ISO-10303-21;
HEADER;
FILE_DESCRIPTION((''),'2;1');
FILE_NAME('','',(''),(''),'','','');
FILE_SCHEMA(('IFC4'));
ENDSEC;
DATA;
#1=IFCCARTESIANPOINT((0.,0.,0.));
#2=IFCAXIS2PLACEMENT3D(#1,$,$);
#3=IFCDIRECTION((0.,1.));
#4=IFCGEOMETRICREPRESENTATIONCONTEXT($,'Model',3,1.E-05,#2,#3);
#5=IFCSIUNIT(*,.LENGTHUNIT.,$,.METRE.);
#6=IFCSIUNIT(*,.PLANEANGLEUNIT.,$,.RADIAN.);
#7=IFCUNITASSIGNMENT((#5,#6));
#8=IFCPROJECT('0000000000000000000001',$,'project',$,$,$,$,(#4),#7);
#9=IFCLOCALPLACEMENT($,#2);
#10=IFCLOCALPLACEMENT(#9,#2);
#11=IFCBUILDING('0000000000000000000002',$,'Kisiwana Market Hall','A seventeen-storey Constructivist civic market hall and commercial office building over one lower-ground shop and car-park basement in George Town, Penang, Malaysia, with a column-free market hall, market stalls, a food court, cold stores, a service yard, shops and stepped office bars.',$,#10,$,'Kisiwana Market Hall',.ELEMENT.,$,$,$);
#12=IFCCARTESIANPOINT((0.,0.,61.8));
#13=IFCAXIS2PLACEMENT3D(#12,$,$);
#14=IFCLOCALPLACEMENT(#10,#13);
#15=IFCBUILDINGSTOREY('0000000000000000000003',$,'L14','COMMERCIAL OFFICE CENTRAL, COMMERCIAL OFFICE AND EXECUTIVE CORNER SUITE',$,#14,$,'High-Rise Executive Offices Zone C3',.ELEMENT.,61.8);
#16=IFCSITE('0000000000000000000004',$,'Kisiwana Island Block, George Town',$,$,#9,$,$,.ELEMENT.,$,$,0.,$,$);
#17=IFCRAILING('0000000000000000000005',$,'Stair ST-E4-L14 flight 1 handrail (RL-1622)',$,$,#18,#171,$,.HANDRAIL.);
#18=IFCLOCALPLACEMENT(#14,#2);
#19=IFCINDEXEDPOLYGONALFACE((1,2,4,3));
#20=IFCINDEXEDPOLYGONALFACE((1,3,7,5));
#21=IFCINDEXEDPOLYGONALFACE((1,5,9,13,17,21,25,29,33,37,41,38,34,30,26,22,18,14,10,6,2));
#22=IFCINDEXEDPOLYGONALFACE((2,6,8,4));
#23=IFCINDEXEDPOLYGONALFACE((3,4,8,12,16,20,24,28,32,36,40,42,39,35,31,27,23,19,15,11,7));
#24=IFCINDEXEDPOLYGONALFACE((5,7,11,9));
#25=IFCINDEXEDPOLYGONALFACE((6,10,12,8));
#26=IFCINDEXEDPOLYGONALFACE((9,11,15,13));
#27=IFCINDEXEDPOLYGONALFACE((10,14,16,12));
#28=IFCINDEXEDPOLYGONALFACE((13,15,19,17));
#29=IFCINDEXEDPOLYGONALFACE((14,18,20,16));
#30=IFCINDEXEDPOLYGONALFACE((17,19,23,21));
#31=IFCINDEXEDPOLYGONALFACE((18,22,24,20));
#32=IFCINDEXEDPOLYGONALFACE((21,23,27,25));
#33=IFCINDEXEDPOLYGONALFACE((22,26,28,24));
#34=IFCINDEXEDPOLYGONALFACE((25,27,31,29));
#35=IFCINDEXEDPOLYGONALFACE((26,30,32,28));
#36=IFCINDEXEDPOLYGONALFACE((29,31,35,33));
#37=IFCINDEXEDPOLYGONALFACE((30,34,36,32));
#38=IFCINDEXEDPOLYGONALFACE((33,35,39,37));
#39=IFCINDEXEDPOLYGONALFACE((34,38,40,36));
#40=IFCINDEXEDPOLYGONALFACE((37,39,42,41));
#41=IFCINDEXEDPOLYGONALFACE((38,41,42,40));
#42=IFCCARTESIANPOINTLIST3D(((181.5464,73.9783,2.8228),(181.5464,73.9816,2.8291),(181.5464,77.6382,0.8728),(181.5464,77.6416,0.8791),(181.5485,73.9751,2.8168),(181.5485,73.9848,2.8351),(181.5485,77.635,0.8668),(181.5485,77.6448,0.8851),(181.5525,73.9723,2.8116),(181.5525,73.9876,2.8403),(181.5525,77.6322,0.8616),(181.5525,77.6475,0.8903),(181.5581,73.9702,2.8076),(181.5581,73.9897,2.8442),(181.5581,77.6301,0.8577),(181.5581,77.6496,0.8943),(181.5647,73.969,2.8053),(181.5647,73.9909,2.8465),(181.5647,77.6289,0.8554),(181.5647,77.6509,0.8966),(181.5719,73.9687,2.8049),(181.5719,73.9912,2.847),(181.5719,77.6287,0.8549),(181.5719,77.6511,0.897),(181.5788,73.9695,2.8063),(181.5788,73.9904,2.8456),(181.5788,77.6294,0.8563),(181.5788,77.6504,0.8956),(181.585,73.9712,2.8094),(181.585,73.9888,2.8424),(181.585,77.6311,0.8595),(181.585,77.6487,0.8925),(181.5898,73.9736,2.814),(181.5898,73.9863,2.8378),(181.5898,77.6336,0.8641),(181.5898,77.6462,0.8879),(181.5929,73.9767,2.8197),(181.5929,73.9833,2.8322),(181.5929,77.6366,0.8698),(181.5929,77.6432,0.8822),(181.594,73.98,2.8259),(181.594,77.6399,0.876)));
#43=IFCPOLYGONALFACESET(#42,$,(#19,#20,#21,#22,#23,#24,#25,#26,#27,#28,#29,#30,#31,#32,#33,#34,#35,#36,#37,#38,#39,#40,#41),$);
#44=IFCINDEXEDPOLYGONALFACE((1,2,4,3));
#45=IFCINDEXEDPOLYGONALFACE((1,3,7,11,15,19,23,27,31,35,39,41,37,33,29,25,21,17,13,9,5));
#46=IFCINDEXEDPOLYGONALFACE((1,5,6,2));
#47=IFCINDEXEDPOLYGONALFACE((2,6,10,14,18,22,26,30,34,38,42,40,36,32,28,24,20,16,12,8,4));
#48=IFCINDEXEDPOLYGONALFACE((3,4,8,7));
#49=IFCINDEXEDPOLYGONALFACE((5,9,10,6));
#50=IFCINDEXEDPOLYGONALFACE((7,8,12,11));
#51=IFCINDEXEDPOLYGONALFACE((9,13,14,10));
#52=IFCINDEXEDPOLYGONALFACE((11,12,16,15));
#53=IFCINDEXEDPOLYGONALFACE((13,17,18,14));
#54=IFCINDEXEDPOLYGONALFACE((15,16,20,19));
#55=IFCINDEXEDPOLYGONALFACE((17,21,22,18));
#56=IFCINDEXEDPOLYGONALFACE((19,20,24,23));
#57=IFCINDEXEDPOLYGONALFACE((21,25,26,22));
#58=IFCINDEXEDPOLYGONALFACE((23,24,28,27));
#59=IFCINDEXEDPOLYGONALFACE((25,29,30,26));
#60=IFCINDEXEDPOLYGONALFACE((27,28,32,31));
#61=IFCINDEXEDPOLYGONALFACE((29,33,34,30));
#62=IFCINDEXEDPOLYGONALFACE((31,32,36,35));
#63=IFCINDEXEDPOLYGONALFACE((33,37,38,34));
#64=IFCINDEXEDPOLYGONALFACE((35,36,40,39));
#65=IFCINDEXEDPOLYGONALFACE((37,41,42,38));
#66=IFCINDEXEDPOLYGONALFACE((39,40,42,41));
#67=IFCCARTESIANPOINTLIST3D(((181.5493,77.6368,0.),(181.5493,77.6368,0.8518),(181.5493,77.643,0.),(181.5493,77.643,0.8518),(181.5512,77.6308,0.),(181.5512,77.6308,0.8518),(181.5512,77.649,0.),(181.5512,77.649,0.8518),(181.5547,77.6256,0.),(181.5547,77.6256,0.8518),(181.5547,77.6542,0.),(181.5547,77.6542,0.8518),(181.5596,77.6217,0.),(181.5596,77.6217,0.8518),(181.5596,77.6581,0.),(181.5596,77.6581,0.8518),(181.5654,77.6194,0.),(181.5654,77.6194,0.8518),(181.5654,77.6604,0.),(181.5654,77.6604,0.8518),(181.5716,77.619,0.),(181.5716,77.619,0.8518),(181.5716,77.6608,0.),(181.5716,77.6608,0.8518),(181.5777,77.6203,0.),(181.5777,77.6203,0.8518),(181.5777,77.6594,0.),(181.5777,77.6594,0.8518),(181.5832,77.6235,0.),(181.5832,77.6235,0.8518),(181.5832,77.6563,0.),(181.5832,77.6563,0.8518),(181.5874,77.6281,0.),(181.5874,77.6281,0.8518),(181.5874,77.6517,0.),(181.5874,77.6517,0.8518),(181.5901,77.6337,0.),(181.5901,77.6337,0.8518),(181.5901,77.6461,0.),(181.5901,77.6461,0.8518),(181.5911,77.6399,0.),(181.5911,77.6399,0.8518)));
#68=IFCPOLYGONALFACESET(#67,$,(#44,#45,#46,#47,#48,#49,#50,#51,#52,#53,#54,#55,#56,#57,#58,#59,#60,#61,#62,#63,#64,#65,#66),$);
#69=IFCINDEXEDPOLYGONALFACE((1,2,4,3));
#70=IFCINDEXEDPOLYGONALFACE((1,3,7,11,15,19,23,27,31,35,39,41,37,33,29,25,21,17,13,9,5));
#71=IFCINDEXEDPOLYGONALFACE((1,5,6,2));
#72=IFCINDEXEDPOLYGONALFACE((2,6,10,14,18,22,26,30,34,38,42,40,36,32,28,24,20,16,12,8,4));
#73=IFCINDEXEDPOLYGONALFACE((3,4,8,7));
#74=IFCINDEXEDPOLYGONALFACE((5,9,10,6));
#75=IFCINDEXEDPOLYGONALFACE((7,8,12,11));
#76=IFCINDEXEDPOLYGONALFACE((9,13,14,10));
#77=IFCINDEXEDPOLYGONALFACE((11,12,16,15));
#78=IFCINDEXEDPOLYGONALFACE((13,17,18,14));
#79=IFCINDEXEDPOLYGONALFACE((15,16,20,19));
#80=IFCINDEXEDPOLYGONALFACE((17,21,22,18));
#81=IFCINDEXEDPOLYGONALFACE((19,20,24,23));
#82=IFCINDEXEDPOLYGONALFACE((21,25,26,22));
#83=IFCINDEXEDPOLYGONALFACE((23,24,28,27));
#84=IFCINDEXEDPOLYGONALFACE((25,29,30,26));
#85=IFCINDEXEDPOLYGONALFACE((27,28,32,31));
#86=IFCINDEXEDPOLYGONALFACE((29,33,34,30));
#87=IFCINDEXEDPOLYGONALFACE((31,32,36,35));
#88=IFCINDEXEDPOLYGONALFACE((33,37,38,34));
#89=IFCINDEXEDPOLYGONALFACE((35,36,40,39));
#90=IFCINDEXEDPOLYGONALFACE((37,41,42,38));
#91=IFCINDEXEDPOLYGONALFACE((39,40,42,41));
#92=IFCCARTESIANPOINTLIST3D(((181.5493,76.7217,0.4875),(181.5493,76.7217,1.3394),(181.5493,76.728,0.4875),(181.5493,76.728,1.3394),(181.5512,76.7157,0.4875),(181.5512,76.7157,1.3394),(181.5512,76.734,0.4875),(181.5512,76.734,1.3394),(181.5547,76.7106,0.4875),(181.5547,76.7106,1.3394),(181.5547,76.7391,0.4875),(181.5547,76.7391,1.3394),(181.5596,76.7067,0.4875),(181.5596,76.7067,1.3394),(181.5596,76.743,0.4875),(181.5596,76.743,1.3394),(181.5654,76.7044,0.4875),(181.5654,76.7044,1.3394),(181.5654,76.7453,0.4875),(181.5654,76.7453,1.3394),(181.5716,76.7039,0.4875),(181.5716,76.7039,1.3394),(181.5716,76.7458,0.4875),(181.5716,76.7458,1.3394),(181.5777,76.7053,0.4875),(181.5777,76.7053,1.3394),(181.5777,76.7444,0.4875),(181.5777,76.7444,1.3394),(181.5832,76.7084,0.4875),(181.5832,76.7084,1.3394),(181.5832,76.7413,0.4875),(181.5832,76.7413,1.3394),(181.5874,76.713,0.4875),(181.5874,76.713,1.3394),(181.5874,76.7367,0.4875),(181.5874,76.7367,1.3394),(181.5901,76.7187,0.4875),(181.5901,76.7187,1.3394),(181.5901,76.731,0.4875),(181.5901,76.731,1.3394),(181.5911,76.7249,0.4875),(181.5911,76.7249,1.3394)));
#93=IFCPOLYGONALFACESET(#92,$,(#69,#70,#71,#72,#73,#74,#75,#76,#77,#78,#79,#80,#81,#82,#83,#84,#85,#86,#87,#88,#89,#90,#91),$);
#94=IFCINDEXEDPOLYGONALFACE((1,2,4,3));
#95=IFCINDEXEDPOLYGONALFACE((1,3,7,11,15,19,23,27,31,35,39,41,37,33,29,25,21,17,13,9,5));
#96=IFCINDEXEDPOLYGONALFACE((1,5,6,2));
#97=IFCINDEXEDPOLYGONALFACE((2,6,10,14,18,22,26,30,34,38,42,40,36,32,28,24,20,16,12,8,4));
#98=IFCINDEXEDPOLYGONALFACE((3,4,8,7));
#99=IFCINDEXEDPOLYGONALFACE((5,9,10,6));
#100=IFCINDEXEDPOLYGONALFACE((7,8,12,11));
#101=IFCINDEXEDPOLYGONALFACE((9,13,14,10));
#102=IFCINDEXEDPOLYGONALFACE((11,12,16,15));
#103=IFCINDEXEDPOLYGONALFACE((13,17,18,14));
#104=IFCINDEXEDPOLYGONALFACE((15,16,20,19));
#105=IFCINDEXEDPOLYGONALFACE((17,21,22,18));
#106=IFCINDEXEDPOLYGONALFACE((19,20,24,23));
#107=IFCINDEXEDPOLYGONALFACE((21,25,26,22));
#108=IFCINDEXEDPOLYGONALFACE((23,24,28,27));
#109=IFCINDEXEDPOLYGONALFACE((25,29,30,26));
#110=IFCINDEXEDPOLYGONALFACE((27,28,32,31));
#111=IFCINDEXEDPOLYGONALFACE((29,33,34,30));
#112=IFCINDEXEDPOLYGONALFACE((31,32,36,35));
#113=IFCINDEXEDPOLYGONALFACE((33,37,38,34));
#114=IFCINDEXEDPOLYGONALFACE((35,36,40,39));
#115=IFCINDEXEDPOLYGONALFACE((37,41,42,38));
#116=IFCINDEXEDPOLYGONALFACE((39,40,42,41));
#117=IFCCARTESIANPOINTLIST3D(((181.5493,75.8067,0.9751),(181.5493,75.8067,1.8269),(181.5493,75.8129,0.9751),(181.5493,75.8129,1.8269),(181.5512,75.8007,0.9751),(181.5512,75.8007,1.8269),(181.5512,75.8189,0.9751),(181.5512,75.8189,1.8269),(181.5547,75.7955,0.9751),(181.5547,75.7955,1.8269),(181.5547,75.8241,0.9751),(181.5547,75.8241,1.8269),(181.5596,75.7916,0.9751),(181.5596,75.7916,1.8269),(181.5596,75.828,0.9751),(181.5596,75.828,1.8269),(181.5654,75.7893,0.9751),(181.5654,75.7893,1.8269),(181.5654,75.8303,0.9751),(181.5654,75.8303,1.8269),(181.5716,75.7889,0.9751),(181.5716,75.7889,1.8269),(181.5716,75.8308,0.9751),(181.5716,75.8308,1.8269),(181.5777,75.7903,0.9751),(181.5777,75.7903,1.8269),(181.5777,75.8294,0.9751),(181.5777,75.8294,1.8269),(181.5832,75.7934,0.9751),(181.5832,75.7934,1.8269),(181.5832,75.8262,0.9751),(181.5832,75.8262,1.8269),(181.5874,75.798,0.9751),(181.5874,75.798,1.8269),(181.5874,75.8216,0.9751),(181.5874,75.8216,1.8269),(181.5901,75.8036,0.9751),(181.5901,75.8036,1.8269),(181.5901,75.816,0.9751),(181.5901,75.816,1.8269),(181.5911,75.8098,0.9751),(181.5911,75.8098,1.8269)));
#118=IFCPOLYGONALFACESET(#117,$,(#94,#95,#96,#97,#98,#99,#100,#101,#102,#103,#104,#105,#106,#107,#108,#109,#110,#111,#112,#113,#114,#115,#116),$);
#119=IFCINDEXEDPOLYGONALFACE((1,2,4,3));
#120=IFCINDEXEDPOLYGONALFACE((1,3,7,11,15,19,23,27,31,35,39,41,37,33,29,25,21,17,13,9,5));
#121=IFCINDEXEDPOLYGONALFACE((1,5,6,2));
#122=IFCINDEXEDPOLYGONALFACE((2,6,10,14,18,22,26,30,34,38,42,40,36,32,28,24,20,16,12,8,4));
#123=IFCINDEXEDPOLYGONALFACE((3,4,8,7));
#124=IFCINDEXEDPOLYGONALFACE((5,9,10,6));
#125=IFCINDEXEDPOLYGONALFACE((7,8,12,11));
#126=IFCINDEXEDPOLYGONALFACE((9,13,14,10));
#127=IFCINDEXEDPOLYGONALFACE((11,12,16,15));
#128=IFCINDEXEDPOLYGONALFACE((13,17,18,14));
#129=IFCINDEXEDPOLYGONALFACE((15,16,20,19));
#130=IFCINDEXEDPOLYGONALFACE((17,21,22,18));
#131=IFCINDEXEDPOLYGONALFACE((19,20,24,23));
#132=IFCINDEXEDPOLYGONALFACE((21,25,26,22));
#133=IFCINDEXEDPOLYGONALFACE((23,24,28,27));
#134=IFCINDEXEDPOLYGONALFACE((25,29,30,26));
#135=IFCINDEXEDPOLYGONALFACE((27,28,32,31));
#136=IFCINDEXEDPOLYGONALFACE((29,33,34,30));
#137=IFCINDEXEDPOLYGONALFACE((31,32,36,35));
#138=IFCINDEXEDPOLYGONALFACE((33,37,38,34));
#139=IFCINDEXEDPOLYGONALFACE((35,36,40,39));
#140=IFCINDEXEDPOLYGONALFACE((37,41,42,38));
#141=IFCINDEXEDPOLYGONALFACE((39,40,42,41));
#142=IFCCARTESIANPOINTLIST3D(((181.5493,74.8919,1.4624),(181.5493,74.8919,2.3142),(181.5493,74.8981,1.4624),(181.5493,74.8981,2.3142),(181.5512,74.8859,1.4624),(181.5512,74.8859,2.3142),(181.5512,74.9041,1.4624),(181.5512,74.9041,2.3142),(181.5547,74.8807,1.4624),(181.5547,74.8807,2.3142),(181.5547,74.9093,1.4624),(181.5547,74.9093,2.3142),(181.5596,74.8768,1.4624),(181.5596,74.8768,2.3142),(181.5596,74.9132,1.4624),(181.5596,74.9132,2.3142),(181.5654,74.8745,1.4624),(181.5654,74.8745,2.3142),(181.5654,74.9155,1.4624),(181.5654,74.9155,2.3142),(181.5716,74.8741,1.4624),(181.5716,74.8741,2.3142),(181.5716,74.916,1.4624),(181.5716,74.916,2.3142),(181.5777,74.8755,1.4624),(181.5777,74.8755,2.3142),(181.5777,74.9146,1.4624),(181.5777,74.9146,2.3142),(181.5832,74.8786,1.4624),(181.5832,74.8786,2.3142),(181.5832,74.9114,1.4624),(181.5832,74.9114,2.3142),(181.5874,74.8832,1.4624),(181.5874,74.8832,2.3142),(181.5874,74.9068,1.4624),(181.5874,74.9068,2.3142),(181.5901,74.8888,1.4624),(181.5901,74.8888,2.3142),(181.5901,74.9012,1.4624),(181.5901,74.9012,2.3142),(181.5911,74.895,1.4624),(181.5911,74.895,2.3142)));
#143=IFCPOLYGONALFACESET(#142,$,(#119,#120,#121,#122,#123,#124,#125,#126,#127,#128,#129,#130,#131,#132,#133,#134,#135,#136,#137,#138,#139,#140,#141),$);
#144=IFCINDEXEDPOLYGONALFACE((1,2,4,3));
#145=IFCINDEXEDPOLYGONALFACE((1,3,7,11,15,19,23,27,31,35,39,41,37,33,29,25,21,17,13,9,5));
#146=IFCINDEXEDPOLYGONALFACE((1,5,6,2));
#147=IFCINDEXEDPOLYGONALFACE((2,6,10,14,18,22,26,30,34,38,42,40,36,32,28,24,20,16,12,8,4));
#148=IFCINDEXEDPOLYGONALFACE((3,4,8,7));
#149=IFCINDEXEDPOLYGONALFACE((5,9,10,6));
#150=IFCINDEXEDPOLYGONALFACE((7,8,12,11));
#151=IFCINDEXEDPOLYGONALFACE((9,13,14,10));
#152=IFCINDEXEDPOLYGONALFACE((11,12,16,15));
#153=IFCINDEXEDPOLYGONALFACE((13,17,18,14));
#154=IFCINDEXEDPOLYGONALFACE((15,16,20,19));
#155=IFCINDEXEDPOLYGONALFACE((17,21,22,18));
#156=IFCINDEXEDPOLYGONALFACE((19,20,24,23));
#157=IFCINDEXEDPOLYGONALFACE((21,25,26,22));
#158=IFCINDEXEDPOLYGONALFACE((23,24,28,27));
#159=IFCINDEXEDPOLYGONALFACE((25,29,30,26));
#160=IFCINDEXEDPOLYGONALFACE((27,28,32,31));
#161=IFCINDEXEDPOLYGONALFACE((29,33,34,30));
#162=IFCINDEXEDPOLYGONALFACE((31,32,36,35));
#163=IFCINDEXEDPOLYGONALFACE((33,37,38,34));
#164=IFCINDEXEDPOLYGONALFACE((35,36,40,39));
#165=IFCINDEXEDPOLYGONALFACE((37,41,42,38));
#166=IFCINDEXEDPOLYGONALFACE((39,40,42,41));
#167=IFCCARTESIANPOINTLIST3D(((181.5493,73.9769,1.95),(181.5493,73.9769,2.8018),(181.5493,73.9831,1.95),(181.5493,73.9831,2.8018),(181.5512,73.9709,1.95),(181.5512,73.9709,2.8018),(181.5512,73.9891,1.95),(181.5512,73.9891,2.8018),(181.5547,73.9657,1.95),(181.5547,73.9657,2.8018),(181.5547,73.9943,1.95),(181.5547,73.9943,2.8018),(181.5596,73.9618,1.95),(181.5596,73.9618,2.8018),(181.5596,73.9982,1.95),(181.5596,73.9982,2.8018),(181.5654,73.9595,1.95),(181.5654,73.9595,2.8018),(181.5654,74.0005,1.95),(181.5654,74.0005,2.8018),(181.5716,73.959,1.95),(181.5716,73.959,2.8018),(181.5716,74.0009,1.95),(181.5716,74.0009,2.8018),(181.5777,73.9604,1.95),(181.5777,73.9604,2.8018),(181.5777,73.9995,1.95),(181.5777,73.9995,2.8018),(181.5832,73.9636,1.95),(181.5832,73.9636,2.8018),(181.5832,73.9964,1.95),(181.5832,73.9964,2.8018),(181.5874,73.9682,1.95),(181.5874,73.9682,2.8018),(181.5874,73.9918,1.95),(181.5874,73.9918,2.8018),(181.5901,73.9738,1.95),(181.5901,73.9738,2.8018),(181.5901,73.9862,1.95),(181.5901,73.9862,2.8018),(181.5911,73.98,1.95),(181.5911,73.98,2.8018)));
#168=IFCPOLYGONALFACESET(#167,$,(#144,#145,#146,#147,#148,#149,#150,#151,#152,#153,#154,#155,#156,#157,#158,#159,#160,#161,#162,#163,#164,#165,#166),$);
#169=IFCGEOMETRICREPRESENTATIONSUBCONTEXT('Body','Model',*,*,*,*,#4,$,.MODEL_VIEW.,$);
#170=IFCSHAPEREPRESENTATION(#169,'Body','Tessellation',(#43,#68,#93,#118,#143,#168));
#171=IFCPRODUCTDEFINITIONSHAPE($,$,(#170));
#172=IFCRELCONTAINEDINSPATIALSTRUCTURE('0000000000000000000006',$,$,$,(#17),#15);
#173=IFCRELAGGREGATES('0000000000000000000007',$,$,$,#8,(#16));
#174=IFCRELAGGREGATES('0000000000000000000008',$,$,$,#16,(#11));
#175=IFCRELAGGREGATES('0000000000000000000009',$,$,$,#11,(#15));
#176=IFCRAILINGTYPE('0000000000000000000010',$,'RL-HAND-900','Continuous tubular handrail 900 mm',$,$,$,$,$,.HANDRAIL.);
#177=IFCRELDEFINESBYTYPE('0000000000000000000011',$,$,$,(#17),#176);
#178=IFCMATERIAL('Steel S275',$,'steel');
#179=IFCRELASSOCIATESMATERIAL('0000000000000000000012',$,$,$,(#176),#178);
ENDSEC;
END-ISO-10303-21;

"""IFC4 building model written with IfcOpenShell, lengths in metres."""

from ifc_helpers import new_model, si_unit, direction, frame, origin, origin_2d, place, context, subcontext, project, spatial, circle, extrude, material, type_object, element, save


model = new_model("IFC4")

# Units and contexts
model_context = context("Model", 3, precision=1e-05, world=origin(), true_north=direction((0.0, 1.0)))
body_context = subcontext(model_context, "Body", "Model", "MODEL_VIEW")
ifc_project = project(units=[si_unit("LENGTHUNIT", "METRE"), si_unit("PLANEANGLEUNIT", "RADIAN")], contexts=[model_context])

# Site, building, storey
site_placement = place(None, origin())
site = spatial("IfcSite", under=ifc_project, at=site_placement, Name="Kisiwana Island Block, George Town", CompositionType="ELEMENT", RefElevation=0.0)
building_placement = place(site_placement, origin())
building = spatial("IfcBuilding", under=site, at=building_placement, Name="Kisiwana Market Hall", Description="A seventeen-storey Constructivist civic market hall and commercial office building over one lower-ground shop and car-park basement in George Town, Penang, Malaysia, with a column-free market hall, market stalls, a food court, cold stores, a service yard, shops and stepped office bars.", LongName="Kisiwana Market Hall", CompositionType="ELEMENT")
storey_placement = place(building_placement, frame((0.0, 0.0, 61.8)))
storey = spatial("IfcBuildingStorey", under=building, at=storey_placement, Name="L14", Description="COMMERCIAL OFFICE CENTRAL, COMMERCIAL OFFICE AND EXECUTIVE CORNER SUITE", LongName="High-Rise Executive Offices Zone C3", CompositionType="ELEMENT", Elevation=61.8)

# Railing
ifc_material_1 = material(Name="Steel S275", Category="steel")
railing_type_1 = type_object("IfcRailingType", Name="RL-HAND-900", Description="Continuous tubular handrail 900 mm", PredefinedType="HANDRAIL", material=ifc_material_1)
railing_1_placement = place(storey_placement, frame((181.5701, 77.6399, 0.0)))
element("IfcRailing", 1, at=railing_1_placement, inside=storey, type_object=railing_type_1, Name="Stair ST-E4-L14 flight 1 handrail (RL-1622)", PredefinedType="HANDRAIL", context=body_context, shape_type="SweptSolid", body=[
    extrude(circle(Radius=0.0239, at=origin_2d()), frame((0.0, 0.0, 0.876), z_axis=(0.0, -0.882553, 0.470212), x_axis=(1.0, 0.0, 0.0)), (0.0, 0.0, 1.0), 4.147),
    extrude(circle(Radius=0.021, at=origin_2d()), origin(), (0.0, 0.0, 1.0), 0.8518),
    extrude(circle(Radius=0.021, at=origin_2d()), frame((0.0, -0.915, 0.4875)), (0.0, 0.0, 1.0), 0.8518),
    extrude(circle(Radius=0.021, at=origin_2d()), frame((0.0, -1.8301, 0.9751)), (0.0, 0.0, 1.0), 0.8518),
    extrude(circle(Radius=0.021, at=origin_2d()), frame((0.0, -2.7449, 1.4624)), (0.0, 0.0, 1.0), 0.8518),
    extrude(circle(Radius=0.021, at=origin_2d()), frame((0.0, -3.6599, 1.95)), (0.0, 0.0, 1.0), 0.8518),
])

save(model, "model.ifc")
